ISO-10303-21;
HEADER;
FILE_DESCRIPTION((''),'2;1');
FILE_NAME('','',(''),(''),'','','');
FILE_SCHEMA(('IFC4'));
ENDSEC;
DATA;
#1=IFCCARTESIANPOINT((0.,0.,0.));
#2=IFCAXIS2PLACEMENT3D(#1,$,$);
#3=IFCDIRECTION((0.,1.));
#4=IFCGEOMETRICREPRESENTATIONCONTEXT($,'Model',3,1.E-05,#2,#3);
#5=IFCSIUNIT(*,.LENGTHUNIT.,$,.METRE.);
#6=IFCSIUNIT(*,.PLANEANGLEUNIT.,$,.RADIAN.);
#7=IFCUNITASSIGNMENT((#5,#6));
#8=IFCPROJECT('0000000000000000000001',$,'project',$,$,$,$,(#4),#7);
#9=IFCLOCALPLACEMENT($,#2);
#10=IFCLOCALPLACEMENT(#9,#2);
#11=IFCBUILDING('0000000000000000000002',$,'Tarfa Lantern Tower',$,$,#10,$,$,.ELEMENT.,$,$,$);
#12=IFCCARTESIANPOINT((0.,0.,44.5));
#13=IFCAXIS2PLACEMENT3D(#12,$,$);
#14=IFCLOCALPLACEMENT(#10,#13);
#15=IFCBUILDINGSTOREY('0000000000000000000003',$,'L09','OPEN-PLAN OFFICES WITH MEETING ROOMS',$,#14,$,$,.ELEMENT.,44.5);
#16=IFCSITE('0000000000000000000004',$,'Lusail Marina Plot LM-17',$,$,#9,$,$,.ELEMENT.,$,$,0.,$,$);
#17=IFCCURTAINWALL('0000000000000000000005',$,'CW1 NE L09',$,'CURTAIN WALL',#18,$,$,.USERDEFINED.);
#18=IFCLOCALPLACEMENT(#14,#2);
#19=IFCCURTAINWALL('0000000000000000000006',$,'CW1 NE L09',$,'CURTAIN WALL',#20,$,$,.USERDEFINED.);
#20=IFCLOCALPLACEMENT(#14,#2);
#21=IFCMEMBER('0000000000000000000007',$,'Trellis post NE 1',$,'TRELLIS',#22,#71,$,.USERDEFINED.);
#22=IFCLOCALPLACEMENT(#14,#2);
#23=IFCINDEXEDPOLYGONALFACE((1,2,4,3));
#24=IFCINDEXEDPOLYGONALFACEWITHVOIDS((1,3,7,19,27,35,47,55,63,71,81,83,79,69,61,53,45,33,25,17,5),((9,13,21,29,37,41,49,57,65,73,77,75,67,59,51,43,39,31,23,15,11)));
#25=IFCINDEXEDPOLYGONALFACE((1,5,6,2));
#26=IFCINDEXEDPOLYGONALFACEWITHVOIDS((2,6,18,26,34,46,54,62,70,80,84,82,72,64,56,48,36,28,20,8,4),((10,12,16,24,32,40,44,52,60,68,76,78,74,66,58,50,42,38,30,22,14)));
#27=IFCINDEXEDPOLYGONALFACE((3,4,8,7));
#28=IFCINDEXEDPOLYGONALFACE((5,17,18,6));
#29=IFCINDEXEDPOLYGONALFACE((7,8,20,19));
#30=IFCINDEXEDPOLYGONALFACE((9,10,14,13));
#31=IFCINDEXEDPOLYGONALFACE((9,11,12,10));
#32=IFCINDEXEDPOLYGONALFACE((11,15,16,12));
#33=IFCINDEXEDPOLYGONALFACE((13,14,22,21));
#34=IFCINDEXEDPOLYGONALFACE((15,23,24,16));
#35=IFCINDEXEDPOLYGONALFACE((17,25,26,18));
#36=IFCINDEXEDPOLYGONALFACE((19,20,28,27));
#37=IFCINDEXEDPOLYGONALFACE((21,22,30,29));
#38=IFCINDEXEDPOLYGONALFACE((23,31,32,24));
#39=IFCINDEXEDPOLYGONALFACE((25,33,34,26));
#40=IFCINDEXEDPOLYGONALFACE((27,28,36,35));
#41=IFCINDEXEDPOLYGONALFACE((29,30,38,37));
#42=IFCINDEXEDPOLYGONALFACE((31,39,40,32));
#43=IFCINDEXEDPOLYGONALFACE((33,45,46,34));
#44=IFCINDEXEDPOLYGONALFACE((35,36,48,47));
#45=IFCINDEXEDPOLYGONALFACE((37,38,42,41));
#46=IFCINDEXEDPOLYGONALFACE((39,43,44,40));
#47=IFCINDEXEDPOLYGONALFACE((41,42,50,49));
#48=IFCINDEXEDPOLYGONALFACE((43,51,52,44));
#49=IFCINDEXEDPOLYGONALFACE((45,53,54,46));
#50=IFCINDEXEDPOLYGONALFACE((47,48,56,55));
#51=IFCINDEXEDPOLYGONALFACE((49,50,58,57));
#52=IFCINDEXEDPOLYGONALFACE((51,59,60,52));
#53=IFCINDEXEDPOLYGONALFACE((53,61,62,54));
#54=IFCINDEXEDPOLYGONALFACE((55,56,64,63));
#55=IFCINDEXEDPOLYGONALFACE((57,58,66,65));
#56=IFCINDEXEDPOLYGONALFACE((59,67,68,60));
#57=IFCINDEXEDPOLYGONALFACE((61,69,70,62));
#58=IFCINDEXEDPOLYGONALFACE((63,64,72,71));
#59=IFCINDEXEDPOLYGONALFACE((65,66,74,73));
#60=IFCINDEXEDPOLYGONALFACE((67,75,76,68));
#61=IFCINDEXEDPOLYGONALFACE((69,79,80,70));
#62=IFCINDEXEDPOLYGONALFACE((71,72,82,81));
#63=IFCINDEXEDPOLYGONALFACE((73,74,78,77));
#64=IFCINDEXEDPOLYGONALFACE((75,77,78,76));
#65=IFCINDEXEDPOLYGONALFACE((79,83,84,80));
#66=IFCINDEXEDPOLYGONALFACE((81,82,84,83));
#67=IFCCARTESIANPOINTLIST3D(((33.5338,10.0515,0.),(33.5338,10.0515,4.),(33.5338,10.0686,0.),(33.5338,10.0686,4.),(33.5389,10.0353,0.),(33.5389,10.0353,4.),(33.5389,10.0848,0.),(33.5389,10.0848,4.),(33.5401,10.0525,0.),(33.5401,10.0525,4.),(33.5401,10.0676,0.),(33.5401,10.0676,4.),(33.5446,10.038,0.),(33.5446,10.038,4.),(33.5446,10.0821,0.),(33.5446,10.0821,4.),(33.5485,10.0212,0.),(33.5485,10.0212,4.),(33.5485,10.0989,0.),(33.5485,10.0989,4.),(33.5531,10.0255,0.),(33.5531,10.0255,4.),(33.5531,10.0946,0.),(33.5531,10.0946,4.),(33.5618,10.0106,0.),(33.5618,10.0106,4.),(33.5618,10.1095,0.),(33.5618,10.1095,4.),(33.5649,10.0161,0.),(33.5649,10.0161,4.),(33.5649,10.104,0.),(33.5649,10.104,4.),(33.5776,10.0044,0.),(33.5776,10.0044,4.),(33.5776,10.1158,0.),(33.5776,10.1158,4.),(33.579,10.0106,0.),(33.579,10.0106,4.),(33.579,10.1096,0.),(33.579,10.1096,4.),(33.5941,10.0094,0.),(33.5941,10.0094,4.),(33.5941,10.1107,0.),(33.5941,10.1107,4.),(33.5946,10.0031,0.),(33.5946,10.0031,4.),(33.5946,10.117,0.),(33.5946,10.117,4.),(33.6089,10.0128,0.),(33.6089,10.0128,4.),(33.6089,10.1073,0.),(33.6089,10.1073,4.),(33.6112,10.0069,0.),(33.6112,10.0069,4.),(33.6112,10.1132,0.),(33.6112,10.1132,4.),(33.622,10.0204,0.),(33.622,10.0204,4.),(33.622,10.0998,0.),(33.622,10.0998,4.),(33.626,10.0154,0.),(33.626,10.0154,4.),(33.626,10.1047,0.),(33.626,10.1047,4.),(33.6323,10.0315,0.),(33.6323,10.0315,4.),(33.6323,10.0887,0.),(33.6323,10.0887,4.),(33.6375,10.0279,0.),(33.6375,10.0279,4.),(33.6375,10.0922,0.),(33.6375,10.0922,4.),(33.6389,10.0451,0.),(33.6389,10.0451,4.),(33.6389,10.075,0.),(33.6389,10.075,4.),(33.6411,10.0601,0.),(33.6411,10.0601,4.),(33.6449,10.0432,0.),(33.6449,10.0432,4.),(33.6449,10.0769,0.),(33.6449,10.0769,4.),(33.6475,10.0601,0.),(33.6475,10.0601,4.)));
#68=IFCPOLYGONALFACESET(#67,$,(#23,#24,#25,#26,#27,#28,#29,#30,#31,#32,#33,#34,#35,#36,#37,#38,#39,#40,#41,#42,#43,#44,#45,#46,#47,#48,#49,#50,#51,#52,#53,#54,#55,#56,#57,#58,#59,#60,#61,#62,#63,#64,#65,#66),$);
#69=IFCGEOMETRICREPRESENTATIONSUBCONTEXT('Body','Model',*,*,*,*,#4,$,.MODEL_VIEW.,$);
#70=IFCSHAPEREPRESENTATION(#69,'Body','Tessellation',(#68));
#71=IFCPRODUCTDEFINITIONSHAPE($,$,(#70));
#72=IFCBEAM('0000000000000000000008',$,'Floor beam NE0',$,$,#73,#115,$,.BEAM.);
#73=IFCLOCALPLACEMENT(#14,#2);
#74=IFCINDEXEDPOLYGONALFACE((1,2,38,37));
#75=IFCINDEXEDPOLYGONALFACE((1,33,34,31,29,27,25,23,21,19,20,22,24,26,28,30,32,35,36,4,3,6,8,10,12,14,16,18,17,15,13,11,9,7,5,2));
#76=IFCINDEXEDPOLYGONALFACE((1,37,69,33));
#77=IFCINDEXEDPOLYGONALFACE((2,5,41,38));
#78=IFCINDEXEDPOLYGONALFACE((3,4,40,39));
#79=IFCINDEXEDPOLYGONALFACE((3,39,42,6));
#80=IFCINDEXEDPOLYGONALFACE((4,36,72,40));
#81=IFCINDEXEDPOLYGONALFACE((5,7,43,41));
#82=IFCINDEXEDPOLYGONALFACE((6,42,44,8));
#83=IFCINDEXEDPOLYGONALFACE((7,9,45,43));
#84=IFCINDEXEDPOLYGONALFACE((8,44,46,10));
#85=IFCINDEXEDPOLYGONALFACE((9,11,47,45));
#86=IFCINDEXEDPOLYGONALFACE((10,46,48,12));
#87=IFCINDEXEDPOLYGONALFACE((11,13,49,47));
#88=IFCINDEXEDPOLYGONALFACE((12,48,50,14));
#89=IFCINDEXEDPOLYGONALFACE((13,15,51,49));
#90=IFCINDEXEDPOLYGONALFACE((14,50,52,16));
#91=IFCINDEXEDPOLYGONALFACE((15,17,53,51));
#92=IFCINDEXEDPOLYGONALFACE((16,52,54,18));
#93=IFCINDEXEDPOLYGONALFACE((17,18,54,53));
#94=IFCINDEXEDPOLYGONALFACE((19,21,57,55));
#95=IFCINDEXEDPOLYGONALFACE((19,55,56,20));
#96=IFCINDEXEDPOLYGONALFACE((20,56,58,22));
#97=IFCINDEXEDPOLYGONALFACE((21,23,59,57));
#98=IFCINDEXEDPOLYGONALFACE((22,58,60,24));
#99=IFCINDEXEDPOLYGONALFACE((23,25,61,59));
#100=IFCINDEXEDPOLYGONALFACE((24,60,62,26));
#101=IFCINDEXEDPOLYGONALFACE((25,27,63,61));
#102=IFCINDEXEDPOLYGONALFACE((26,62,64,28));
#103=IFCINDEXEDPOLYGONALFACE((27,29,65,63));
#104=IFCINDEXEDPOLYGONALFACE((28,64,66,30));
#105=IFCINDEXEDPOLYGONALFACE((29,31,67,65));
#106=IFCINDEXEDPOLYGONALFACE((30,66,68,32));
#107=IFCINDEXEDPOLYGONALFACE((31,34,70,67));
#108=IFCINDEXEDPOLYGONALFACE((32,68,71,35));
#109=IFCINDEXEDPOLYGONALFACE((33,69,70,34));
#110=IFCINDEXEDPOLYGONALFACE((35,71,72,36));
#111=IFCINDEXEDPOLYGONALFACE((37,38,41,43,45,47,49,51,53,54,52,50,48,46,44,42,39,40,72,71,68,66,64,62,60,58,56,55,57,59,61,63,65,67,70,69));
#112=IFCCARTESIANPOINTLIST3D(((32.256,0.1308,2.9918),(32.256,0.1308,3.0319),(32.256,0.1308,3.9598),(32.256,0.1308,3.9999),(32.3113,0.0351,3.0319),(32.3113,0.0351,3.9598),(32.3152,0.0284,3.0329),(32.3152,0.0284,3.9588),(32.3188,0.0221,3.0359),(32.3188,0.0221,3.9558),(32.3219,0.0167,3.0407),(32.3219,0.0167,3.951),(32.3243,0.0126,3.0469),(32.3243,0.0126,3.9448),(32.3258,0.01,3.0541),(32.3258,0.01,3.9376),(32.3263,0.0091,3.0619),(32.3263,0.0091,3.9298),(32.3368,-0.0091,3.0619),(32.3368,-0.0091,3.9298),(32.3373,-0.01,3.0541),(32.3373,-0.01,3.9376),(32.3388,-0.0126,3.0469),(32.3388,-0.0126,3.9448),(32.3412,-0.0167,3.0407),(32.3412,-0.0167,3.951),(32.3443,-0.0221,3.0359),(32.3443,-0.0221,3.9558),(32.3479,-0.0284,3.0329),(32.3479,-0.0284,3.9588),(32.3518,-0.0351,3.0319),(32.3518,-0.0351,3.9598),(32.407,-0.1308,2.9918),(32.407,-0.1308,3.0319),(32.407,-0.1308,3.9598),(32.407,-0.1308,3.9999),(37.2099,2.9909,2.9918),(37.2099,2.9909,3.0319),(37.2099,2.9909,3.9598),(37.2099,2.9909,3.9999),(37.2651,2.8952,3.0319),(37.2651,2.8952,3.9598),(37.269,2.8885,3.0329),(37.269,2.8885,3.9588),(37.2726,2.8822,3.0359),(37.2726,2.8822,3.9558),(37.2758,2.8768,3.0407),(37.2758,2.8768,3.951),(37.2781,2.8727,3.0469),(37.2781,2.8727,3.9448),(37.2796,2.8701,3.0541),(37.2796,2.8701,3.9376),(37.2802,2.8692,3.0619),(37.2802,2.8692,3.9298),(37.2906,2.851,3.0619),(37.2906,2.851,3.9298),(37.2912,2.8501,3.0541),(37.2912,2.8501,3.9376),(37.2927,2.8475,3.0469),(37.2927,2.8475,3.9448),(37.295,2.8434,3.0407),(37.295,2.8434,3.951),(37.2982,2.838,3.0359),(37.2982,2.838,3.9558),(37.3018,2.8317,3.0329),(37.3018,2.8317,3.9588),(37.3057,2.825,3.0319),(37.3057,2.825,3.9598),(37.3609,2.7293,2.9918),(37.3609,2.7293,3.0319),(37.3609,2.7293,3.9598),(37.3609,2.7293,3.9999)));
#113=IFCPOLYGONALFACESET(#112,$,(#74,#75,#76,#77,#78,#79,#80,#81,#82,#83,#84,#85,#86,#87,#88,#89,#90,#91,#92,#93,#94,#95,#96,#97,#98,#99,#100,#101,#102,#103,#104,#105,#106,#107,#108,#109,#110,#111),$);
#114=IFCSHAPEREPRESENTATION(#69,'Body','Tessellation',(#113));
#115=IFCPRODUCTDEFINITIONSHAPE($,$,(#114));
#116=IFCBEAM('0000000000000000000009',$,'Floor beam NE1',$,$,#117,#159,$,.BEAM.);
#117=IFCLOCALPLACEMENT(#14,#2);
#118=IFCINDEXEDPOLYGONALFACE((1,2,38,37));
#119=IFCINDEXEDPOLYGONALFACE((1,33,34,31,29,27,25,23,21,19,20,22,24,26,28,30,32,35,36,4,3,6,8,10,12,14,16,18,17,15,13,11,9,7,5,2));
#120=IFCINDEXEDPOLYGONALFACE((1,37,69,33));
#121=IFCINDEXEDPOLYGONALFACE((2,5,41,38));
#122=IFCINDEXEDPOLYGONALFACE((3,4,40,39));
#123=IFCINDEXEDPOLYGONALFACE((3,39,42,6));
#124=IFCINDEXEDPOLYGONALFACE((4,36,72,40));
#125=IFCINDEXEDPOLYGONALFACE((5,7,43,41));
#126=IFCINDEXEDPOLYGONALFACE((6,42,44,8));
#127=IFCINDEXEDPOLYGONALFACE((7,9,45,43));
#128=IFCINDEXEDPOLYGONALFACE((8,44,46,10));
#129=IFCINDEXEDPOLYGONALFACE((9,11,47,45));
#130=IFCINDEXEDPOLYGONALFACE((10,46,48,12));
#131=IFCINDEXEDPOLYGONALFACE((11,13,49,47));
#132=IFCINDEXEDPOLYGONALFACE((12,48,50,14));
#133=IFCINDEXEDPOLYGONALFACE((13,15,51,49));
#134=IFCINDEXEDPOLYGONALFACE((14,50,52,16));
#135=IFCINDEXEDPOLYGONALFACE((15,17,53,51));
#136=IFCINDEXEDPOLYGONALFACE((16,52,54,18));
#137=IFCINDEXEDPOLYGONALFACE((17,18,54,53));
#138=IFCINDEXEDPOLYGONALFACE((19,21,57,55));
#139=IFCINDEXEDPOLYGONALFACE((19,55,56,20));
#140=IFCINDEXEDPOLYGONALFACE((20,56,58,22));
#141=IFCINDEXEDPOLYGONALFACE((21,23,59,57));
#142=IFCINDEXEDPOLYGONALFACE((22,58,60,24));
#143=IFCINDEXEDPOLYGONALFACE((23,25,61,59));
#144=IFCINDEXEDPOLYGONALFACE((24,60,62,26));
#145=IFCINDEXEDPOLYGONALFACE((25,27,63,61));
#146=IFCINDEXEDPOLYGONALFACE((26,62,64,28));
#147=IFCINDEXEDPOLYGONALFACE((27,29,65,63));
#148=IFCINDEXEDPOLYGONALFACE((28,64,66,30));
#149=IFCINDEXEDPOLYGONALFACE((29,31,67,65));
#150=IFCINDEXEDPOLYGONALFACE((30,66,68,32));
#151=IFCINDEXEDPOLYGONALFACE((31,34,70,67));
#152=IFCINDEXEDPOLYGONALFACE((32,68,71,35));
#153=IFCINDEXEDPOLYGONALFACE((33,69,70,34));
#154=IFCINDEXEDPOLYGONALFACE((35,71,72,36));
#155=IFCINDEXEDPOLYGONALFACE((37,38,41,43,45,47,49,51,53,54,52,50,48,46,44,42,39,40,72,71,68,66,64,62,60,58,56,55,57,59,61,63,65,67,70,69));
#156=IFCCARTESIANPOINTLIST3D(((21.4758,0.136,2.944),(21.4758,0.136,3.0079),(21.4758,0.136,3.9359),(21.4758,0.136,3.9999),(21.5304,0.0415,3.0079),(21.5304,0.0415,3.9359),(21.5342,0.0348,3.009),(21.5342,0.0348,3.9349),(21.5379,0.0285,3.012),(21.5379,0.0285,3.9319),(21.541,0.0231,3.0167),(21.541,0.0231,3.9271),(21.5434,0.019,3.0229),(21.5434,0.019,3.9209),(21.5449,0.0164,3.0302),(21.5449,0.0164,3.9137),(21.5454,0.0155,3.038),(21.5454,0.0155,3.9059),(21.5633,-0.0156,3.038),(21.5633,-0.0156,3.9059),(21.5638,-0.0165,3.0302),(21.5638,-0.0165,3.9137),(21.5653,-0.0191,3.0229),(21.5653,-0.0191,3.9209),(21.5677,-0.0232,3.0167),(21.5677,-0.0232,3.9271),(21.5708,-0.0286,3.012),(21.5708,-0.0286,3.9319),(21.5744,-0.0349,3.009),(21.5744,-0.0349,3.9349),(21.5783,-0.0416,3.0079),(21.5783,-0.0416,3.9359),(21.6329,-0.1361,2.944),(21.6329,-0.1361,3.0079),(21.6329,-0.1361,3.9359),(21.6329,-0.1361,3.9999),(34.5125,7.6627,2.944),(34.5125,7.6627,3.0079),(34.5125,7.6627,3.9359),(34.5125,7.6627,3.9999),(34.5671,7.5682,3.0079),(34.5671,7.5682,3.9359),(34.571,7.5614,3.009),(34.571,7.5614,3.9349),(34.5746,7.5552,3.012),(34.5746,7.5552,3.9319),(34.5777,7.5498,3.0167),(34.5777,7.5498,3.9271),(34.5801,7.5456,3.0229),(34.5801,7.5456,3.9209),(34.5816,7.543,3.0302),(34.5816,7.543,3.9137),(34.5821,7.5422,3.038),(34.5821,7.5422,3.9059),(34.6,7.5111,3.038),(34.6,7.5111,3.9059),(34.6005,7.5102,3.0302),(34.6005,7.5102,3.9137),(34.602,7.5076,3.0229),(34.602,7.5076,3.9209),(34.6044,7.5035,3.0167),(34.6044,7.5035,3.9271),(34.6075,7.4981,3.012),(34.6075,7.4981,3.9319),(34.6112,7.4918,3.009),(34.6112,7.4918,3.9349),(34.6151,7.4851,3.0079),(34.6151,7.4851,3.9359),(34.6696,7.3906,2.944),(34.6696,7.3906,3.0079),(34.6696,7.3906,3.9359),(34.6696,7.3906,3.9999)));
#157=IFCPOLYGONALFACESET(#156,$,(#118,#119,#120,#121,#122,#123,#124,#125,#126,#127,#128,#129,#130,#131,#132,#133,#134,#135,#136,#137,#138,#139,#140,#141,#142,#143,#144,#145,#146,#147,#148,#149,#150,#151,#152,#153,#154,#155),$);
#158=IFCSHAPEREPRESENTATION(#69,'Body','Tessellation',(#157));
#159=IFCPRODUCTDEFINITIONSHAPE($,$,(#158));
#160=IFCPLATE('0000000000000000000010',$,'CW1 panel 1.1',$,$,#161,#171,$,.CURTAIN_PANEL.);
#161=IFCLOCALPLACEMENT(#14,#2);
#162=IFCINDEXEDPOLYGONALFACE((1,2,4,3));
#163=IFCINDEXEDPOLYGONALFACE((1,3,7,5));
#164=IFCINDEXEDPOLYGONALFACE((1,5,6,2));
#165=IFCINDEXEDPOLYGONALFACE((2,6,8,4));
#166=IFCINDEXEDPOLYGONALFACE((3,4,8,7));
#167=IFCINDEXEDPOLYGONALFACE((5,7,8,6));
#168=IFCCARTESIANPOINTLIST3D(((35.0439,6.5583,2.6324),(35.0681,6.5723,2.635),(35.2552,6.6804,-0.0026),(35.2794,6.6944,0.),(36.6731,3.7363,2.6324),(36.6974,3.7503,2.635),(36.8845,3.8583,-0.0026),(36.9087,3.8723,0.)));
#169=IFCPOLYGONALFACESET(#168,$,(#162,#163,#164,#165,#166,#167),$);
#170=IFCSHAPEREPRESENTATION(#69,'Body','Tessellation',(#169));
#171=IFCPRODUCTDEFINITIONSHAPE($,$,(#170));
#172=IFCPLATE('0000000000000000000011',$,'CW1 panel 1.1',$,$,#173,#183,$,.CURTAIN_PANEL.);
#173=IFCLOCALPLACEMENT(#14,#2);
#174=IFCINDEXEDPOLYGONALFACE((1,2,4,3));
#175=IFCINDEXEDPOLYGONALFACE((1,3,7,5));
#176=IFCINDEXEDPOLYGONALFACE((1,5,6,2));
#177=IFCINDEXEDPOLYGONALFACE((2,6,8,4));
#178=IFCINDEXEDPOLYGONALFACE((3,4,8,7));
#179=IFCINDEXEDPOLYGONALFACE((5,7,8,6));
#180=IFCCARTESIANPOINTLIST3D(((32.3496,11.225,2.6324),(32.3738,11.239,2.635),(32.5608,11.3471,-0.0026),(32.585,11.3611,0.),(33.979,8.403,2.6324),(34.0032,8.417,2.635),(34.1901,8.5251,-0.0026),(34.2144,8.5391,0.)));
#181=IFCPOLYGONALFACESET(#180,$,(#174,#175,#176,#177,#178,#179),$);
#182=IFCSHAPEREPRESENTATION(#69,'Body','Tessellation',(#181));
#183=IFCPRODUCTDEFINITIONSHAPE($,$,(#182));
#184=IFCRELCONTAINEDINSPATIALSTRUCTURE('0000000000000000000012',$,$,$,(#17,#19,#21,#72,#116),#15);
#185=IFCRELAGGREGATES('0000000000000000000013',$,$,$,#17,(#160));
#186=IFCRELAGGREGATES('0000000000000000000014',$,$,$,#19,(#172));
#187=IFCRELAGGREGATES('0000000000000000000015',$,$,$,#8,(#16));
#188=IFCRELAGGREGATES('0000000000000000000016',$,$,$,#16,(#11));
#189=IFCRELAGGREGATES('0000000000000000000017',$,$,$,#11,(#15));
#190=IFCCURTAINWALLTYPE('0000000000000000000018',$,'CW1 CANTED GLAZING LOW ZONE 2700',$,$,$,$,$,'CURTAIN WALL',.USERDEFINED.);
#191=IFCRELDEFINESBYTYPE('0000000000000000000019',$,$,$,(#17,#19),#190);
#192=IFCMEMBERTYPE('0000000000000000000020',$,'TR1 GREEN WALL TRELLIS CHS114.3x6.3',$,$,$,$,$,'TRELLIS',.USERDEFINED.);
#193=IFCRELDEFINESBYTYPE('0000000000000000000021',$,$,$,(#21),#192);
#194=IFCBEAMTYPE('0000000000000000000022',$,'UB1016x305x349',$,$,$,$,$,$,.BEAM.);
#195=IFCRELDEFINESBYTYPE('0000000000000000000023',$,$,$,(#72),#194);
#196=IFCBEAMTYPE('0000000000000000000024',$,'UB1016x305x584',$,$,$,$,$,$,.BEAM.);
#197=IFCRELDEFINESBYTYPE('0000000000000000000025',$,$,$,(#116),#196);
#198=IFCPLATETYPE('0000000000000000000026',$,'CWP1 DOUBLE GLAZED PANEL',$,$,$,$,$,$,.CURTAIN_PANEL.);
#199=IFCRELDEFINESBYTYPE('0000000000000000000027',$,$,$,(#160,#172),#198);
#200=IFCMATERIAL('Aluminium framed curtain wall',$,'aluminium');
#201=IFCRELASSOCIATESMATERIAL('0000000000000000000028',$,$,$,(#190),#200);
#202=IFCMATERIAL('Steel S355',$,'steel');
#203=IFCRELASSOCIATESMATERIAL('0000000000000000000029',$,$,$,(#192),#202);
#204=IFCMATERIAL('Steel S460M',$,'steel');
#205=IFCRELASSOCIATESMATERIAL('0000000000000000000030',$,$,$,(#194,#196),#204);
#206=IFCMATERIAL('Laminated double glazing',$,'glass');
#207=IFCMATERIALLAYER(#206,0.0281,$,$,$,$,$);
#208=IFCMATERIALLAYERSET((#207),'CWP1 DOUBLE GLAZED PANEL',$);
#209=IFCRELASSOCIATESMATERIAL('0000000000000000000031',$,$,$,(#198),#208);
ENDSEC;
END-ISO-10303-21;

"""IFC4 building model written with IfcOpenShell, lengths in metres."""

from ifc_helpers import new_model, si_unit, direction, frame, origin, origin_2d, place, context, subcontext, project, spatial, polyline, hollow_circle, i_section, outline, extrude, material, layer, layer_set, material_profile, profile_set, type_object, element, aggregate, save


model = new_model("IFC4")

# Units and contexts
model_context = context("Model", 3, precision=1e-05, world=origin(), true_north=direction((0.0, 1.0)))
body_context = subcontext(model_context, "Body", "Model", "MODEL_VIEW")
ifc_project = project(units=[si_unit("LENGTHUNIT", "METRE"), si_unit("PLANEANGLEUNIT", "RADIAN")], contexts=[model_context])

# Site, building, storey
site_placement = place(None, origin())
site = spatial("IfcSite", under=ifc_project, at=site_placement, Name="Lusail Marina Plot LM-17", CompositionType="ELEMENT", RefElevation=0.0)
building_placement = place(site_placement, origin())
building = spatial("IfcBuilding", under=site, at=building_placement, Name="Tarfa Lantern Tower", CompositionType="ELEMENT")
storey_placement = place(building_placement, frame((0.0, 0.0, 44.5)))
storey = spatial("IfcBuildingStorey", under=building, at=storey_placement, Name="L09", Description="OPEN-PLAN OFFICES WITH MEETING ROOMS", CompositionType="ELEMENT", Elevation=44.5)

# Curtain walls
ifc_material_1 = material(Name="Aluminium framed curtain wall", Category="aluminium")
curtain_wall_type = type_object("IfcCurtainWallType", Name="CW1 CANTED GLAZING LOW ZONE 2700", ElementType="CURTAIN WALL", PredefinedType="USERDEFINED", material=ifc_material_1)
curtain_wall_1_placement = place(storey_placement, origin())
curtain_wall_1 = element("IfcCurtainWall", 1, at=curtain_wall_1_placement, inside=storey, type_object=curtain_wall_type, Name="CW1 NE L09", ObjectType="CURTAIN WALL", PredefinedType="USERDEFINED")
curtain_wall_2_placement = place(storey_placement, origin())
curtain_wall_2 = element("IfcCurtainWall", 2, at=curtain_wall_2_placement, inside=storey, type_object=curtain_wall_type, Name="CW1 NE L09", ObjectType="CURTAIN WALL", PredefinedType="USERDEFINED")

# Member
ifc_material_2 = material(Name="Steel S355", Category="steel")
ifc_material_profile_1 = material_profile(ifc_material_2, hollow_circle(Radius=0.0571, WallThickness=0.0063, at=origin_2d()), Name="CHS114.3x6.3")
ifc_profile_set_1 = profile_set([ifc_material_profile_1], Name="Steel S355")
member_type_1 = type_object("IfcMemberType", Name="TR1 GREEN WALL TRELLIS CHS114.3x6.3", ElementType="TRELLIS", PredefinedType="USERDEFINED", material=ifc_profile_set_1)
member_1_placement = place(storey_placement, frame((33.5903, 10.0601, 0.0), z_axis=(0.0, 0.0, 1.0), x_axis=(1.0, 0.0, 0.0)))
element("IfcMember", 3, at=member_1_placement, inside=storey, type_object=member_type_1, Name="Trellis post NE 1", ObjectType="TRELLIS", PredefinedType="USERDEFINED", context=body_context, shape_type="SweptSolid", body=[
    extrude(hollow_circle(Radius=0.0571, WallThickness=0.0063, at=origin_2d()), origin(), (0.0, 0.0, 1.0), 4.0),
])

# Beams
ifc_material_3 = material(Name="Steel S460M", Category="steel")
ifc_material_profile_2 = material_profile(ifc_material_3, i_section(OverallWidth=0.302, OverallDepth=1.0081, WebThickness=0.021, FlangeThickness=0.04, FilletRadius=0.03, at=origin_2d()), Name="UB1016x305x349")
ifc_profile_set_2 = profile_set([ifc_material_profile_2], Name="Steel S460M")
beam_type_1 = type_object("IfcBeamType", Name="UB1016x305x349", PredefinedType="BEAM", material=ifc_profile_set_2)
beam_1_placement = place(storey_placement, frame((37.2854, 2.8601, 3.4958), z_axis=(-0.866026, -0.5, 0.0), x_axis=(0.5, -0.866026, 0.0)))
element("IfcBeam", 4, at=beam_1_placement, inside=storey, type_object=beam_type_1, Name="Floor beam NE0", PredefinedType="BEAM", context=body_context, shape_type="SweptSolid", body=[
    extrude(i_section(OverallWidth=0.302, OverallDepth=1.0081, WebThickness=0.021, FlangeThickness=0.04, FilletRadius=0.03, at=origin_2d()), origin(), (0.0, 0.0, 1.0), 5.7202),
])
ifc_material_profile_3 = material_profile(ifc_material_3, i_section(OverallWidth=0.3142, OverallDepth=1.0559, WebThickness=0.0359, FlangeThickness=0.064, FilletRadius=0.03, at=origin_2d()), Name="UB1016x305x584")
ifc_profile_set_3 = profile_set([ifc_material_profile_3], Name="Steel S460M")
beam_type_2 = type_object("IfcBeamType", Name="UB1016x305x584", PredefinedType="BEAM", material=ifc_profile_set_3)
beam_2_placement = place(storey_placement, frame((34.5911, 7.5266, 3.4719), z_axis=(-0.866028, -0.499996, 0.0), x_axis=(0.499996, -0.866028, 0.0)))
element("IfcBeam", 5, at=beam_2_placement, inside=storey, type_object=beam_type_2, Name="Floor beam NE1", PredefinedType="BEAM", context=body_context, shape_type="SweptSolid", body=[
    extrude(i_section(OverallWidth=0.3142, OverallDepth=1.0559, WebThickness=0.0359, FlangeThickness=0.064, FilletRadius=0.03, at=origin_2d()), origin(), (0.0, 0.0, 1.0), 15.0535),
])

# Plates
ifc_material_4 = material(Name="Laminated double glazing", Category="glass")
ifc_layer_1 = layer(ifc_material_4, 0.0281)
ifc_layer_set_1 = layer_set([ifc_layer_1], Name="CWP1 DOUBLE GLAZED PANEL")
plate_type = type_object("IfcPlateType", Name="CWP1 DOUBLE GLAZED PANEL", PredefinedType="CURTAIN_PANEL", material=ifc_layer_set_1)
plate_1_placement = place(storey_placement, frame((36.9087, 3.8723, 0.0), z_axis=(0.862338, 0.497864, 0.092216), x_axis=(-0.499995, 0.866028, 0.000003)))
plate_1 = element("IfcPlate", 6, at=plate_1_placement, type_object=plate_type, Name="CW1 panel 1.1", PredefinedType="CURTAIN_PANEL", context=body_context, shape_type="SweptSolid", body=[
    extrude(outline(polyline([(0.0, 0.0), (3.2586, 0.0), (3.2585, 2.6463), (0.0, 2.6463), (0.0, 0.0)])), origin(), (0.0, 0.0, -1.0), 0.0281),
])
aggregate(curtain_wall_1, [plate_1])
plate_2_placement = place(storey_placement, frame((34.2144, 8.5391, 0.0), z_axis=(0.862325, 0.497894, 0.092176), x_axis=(-0.500023, 0.866012, 0.0)))
plate_2 = element("IfcPlate", 7, at=plate_2_placement, type_object=plate_type, Name="CW1 panel 1.1", PredefinedType="CURTAIN_PANEL", context=body_context, shape_type="SweptSolid", body=[
    extrude(outline(polyline([(0.0, 0.0), (3.2586, 0.0), (3.2585, 2.6463), (-0.0001, 2.6463), (0.0, 0.0)])), origin(), (0.0, 0.0, -1.0), 0.0281),
])
aggregate(curtain_wall_2, [plate_2])

save(model, "model.ifc")
